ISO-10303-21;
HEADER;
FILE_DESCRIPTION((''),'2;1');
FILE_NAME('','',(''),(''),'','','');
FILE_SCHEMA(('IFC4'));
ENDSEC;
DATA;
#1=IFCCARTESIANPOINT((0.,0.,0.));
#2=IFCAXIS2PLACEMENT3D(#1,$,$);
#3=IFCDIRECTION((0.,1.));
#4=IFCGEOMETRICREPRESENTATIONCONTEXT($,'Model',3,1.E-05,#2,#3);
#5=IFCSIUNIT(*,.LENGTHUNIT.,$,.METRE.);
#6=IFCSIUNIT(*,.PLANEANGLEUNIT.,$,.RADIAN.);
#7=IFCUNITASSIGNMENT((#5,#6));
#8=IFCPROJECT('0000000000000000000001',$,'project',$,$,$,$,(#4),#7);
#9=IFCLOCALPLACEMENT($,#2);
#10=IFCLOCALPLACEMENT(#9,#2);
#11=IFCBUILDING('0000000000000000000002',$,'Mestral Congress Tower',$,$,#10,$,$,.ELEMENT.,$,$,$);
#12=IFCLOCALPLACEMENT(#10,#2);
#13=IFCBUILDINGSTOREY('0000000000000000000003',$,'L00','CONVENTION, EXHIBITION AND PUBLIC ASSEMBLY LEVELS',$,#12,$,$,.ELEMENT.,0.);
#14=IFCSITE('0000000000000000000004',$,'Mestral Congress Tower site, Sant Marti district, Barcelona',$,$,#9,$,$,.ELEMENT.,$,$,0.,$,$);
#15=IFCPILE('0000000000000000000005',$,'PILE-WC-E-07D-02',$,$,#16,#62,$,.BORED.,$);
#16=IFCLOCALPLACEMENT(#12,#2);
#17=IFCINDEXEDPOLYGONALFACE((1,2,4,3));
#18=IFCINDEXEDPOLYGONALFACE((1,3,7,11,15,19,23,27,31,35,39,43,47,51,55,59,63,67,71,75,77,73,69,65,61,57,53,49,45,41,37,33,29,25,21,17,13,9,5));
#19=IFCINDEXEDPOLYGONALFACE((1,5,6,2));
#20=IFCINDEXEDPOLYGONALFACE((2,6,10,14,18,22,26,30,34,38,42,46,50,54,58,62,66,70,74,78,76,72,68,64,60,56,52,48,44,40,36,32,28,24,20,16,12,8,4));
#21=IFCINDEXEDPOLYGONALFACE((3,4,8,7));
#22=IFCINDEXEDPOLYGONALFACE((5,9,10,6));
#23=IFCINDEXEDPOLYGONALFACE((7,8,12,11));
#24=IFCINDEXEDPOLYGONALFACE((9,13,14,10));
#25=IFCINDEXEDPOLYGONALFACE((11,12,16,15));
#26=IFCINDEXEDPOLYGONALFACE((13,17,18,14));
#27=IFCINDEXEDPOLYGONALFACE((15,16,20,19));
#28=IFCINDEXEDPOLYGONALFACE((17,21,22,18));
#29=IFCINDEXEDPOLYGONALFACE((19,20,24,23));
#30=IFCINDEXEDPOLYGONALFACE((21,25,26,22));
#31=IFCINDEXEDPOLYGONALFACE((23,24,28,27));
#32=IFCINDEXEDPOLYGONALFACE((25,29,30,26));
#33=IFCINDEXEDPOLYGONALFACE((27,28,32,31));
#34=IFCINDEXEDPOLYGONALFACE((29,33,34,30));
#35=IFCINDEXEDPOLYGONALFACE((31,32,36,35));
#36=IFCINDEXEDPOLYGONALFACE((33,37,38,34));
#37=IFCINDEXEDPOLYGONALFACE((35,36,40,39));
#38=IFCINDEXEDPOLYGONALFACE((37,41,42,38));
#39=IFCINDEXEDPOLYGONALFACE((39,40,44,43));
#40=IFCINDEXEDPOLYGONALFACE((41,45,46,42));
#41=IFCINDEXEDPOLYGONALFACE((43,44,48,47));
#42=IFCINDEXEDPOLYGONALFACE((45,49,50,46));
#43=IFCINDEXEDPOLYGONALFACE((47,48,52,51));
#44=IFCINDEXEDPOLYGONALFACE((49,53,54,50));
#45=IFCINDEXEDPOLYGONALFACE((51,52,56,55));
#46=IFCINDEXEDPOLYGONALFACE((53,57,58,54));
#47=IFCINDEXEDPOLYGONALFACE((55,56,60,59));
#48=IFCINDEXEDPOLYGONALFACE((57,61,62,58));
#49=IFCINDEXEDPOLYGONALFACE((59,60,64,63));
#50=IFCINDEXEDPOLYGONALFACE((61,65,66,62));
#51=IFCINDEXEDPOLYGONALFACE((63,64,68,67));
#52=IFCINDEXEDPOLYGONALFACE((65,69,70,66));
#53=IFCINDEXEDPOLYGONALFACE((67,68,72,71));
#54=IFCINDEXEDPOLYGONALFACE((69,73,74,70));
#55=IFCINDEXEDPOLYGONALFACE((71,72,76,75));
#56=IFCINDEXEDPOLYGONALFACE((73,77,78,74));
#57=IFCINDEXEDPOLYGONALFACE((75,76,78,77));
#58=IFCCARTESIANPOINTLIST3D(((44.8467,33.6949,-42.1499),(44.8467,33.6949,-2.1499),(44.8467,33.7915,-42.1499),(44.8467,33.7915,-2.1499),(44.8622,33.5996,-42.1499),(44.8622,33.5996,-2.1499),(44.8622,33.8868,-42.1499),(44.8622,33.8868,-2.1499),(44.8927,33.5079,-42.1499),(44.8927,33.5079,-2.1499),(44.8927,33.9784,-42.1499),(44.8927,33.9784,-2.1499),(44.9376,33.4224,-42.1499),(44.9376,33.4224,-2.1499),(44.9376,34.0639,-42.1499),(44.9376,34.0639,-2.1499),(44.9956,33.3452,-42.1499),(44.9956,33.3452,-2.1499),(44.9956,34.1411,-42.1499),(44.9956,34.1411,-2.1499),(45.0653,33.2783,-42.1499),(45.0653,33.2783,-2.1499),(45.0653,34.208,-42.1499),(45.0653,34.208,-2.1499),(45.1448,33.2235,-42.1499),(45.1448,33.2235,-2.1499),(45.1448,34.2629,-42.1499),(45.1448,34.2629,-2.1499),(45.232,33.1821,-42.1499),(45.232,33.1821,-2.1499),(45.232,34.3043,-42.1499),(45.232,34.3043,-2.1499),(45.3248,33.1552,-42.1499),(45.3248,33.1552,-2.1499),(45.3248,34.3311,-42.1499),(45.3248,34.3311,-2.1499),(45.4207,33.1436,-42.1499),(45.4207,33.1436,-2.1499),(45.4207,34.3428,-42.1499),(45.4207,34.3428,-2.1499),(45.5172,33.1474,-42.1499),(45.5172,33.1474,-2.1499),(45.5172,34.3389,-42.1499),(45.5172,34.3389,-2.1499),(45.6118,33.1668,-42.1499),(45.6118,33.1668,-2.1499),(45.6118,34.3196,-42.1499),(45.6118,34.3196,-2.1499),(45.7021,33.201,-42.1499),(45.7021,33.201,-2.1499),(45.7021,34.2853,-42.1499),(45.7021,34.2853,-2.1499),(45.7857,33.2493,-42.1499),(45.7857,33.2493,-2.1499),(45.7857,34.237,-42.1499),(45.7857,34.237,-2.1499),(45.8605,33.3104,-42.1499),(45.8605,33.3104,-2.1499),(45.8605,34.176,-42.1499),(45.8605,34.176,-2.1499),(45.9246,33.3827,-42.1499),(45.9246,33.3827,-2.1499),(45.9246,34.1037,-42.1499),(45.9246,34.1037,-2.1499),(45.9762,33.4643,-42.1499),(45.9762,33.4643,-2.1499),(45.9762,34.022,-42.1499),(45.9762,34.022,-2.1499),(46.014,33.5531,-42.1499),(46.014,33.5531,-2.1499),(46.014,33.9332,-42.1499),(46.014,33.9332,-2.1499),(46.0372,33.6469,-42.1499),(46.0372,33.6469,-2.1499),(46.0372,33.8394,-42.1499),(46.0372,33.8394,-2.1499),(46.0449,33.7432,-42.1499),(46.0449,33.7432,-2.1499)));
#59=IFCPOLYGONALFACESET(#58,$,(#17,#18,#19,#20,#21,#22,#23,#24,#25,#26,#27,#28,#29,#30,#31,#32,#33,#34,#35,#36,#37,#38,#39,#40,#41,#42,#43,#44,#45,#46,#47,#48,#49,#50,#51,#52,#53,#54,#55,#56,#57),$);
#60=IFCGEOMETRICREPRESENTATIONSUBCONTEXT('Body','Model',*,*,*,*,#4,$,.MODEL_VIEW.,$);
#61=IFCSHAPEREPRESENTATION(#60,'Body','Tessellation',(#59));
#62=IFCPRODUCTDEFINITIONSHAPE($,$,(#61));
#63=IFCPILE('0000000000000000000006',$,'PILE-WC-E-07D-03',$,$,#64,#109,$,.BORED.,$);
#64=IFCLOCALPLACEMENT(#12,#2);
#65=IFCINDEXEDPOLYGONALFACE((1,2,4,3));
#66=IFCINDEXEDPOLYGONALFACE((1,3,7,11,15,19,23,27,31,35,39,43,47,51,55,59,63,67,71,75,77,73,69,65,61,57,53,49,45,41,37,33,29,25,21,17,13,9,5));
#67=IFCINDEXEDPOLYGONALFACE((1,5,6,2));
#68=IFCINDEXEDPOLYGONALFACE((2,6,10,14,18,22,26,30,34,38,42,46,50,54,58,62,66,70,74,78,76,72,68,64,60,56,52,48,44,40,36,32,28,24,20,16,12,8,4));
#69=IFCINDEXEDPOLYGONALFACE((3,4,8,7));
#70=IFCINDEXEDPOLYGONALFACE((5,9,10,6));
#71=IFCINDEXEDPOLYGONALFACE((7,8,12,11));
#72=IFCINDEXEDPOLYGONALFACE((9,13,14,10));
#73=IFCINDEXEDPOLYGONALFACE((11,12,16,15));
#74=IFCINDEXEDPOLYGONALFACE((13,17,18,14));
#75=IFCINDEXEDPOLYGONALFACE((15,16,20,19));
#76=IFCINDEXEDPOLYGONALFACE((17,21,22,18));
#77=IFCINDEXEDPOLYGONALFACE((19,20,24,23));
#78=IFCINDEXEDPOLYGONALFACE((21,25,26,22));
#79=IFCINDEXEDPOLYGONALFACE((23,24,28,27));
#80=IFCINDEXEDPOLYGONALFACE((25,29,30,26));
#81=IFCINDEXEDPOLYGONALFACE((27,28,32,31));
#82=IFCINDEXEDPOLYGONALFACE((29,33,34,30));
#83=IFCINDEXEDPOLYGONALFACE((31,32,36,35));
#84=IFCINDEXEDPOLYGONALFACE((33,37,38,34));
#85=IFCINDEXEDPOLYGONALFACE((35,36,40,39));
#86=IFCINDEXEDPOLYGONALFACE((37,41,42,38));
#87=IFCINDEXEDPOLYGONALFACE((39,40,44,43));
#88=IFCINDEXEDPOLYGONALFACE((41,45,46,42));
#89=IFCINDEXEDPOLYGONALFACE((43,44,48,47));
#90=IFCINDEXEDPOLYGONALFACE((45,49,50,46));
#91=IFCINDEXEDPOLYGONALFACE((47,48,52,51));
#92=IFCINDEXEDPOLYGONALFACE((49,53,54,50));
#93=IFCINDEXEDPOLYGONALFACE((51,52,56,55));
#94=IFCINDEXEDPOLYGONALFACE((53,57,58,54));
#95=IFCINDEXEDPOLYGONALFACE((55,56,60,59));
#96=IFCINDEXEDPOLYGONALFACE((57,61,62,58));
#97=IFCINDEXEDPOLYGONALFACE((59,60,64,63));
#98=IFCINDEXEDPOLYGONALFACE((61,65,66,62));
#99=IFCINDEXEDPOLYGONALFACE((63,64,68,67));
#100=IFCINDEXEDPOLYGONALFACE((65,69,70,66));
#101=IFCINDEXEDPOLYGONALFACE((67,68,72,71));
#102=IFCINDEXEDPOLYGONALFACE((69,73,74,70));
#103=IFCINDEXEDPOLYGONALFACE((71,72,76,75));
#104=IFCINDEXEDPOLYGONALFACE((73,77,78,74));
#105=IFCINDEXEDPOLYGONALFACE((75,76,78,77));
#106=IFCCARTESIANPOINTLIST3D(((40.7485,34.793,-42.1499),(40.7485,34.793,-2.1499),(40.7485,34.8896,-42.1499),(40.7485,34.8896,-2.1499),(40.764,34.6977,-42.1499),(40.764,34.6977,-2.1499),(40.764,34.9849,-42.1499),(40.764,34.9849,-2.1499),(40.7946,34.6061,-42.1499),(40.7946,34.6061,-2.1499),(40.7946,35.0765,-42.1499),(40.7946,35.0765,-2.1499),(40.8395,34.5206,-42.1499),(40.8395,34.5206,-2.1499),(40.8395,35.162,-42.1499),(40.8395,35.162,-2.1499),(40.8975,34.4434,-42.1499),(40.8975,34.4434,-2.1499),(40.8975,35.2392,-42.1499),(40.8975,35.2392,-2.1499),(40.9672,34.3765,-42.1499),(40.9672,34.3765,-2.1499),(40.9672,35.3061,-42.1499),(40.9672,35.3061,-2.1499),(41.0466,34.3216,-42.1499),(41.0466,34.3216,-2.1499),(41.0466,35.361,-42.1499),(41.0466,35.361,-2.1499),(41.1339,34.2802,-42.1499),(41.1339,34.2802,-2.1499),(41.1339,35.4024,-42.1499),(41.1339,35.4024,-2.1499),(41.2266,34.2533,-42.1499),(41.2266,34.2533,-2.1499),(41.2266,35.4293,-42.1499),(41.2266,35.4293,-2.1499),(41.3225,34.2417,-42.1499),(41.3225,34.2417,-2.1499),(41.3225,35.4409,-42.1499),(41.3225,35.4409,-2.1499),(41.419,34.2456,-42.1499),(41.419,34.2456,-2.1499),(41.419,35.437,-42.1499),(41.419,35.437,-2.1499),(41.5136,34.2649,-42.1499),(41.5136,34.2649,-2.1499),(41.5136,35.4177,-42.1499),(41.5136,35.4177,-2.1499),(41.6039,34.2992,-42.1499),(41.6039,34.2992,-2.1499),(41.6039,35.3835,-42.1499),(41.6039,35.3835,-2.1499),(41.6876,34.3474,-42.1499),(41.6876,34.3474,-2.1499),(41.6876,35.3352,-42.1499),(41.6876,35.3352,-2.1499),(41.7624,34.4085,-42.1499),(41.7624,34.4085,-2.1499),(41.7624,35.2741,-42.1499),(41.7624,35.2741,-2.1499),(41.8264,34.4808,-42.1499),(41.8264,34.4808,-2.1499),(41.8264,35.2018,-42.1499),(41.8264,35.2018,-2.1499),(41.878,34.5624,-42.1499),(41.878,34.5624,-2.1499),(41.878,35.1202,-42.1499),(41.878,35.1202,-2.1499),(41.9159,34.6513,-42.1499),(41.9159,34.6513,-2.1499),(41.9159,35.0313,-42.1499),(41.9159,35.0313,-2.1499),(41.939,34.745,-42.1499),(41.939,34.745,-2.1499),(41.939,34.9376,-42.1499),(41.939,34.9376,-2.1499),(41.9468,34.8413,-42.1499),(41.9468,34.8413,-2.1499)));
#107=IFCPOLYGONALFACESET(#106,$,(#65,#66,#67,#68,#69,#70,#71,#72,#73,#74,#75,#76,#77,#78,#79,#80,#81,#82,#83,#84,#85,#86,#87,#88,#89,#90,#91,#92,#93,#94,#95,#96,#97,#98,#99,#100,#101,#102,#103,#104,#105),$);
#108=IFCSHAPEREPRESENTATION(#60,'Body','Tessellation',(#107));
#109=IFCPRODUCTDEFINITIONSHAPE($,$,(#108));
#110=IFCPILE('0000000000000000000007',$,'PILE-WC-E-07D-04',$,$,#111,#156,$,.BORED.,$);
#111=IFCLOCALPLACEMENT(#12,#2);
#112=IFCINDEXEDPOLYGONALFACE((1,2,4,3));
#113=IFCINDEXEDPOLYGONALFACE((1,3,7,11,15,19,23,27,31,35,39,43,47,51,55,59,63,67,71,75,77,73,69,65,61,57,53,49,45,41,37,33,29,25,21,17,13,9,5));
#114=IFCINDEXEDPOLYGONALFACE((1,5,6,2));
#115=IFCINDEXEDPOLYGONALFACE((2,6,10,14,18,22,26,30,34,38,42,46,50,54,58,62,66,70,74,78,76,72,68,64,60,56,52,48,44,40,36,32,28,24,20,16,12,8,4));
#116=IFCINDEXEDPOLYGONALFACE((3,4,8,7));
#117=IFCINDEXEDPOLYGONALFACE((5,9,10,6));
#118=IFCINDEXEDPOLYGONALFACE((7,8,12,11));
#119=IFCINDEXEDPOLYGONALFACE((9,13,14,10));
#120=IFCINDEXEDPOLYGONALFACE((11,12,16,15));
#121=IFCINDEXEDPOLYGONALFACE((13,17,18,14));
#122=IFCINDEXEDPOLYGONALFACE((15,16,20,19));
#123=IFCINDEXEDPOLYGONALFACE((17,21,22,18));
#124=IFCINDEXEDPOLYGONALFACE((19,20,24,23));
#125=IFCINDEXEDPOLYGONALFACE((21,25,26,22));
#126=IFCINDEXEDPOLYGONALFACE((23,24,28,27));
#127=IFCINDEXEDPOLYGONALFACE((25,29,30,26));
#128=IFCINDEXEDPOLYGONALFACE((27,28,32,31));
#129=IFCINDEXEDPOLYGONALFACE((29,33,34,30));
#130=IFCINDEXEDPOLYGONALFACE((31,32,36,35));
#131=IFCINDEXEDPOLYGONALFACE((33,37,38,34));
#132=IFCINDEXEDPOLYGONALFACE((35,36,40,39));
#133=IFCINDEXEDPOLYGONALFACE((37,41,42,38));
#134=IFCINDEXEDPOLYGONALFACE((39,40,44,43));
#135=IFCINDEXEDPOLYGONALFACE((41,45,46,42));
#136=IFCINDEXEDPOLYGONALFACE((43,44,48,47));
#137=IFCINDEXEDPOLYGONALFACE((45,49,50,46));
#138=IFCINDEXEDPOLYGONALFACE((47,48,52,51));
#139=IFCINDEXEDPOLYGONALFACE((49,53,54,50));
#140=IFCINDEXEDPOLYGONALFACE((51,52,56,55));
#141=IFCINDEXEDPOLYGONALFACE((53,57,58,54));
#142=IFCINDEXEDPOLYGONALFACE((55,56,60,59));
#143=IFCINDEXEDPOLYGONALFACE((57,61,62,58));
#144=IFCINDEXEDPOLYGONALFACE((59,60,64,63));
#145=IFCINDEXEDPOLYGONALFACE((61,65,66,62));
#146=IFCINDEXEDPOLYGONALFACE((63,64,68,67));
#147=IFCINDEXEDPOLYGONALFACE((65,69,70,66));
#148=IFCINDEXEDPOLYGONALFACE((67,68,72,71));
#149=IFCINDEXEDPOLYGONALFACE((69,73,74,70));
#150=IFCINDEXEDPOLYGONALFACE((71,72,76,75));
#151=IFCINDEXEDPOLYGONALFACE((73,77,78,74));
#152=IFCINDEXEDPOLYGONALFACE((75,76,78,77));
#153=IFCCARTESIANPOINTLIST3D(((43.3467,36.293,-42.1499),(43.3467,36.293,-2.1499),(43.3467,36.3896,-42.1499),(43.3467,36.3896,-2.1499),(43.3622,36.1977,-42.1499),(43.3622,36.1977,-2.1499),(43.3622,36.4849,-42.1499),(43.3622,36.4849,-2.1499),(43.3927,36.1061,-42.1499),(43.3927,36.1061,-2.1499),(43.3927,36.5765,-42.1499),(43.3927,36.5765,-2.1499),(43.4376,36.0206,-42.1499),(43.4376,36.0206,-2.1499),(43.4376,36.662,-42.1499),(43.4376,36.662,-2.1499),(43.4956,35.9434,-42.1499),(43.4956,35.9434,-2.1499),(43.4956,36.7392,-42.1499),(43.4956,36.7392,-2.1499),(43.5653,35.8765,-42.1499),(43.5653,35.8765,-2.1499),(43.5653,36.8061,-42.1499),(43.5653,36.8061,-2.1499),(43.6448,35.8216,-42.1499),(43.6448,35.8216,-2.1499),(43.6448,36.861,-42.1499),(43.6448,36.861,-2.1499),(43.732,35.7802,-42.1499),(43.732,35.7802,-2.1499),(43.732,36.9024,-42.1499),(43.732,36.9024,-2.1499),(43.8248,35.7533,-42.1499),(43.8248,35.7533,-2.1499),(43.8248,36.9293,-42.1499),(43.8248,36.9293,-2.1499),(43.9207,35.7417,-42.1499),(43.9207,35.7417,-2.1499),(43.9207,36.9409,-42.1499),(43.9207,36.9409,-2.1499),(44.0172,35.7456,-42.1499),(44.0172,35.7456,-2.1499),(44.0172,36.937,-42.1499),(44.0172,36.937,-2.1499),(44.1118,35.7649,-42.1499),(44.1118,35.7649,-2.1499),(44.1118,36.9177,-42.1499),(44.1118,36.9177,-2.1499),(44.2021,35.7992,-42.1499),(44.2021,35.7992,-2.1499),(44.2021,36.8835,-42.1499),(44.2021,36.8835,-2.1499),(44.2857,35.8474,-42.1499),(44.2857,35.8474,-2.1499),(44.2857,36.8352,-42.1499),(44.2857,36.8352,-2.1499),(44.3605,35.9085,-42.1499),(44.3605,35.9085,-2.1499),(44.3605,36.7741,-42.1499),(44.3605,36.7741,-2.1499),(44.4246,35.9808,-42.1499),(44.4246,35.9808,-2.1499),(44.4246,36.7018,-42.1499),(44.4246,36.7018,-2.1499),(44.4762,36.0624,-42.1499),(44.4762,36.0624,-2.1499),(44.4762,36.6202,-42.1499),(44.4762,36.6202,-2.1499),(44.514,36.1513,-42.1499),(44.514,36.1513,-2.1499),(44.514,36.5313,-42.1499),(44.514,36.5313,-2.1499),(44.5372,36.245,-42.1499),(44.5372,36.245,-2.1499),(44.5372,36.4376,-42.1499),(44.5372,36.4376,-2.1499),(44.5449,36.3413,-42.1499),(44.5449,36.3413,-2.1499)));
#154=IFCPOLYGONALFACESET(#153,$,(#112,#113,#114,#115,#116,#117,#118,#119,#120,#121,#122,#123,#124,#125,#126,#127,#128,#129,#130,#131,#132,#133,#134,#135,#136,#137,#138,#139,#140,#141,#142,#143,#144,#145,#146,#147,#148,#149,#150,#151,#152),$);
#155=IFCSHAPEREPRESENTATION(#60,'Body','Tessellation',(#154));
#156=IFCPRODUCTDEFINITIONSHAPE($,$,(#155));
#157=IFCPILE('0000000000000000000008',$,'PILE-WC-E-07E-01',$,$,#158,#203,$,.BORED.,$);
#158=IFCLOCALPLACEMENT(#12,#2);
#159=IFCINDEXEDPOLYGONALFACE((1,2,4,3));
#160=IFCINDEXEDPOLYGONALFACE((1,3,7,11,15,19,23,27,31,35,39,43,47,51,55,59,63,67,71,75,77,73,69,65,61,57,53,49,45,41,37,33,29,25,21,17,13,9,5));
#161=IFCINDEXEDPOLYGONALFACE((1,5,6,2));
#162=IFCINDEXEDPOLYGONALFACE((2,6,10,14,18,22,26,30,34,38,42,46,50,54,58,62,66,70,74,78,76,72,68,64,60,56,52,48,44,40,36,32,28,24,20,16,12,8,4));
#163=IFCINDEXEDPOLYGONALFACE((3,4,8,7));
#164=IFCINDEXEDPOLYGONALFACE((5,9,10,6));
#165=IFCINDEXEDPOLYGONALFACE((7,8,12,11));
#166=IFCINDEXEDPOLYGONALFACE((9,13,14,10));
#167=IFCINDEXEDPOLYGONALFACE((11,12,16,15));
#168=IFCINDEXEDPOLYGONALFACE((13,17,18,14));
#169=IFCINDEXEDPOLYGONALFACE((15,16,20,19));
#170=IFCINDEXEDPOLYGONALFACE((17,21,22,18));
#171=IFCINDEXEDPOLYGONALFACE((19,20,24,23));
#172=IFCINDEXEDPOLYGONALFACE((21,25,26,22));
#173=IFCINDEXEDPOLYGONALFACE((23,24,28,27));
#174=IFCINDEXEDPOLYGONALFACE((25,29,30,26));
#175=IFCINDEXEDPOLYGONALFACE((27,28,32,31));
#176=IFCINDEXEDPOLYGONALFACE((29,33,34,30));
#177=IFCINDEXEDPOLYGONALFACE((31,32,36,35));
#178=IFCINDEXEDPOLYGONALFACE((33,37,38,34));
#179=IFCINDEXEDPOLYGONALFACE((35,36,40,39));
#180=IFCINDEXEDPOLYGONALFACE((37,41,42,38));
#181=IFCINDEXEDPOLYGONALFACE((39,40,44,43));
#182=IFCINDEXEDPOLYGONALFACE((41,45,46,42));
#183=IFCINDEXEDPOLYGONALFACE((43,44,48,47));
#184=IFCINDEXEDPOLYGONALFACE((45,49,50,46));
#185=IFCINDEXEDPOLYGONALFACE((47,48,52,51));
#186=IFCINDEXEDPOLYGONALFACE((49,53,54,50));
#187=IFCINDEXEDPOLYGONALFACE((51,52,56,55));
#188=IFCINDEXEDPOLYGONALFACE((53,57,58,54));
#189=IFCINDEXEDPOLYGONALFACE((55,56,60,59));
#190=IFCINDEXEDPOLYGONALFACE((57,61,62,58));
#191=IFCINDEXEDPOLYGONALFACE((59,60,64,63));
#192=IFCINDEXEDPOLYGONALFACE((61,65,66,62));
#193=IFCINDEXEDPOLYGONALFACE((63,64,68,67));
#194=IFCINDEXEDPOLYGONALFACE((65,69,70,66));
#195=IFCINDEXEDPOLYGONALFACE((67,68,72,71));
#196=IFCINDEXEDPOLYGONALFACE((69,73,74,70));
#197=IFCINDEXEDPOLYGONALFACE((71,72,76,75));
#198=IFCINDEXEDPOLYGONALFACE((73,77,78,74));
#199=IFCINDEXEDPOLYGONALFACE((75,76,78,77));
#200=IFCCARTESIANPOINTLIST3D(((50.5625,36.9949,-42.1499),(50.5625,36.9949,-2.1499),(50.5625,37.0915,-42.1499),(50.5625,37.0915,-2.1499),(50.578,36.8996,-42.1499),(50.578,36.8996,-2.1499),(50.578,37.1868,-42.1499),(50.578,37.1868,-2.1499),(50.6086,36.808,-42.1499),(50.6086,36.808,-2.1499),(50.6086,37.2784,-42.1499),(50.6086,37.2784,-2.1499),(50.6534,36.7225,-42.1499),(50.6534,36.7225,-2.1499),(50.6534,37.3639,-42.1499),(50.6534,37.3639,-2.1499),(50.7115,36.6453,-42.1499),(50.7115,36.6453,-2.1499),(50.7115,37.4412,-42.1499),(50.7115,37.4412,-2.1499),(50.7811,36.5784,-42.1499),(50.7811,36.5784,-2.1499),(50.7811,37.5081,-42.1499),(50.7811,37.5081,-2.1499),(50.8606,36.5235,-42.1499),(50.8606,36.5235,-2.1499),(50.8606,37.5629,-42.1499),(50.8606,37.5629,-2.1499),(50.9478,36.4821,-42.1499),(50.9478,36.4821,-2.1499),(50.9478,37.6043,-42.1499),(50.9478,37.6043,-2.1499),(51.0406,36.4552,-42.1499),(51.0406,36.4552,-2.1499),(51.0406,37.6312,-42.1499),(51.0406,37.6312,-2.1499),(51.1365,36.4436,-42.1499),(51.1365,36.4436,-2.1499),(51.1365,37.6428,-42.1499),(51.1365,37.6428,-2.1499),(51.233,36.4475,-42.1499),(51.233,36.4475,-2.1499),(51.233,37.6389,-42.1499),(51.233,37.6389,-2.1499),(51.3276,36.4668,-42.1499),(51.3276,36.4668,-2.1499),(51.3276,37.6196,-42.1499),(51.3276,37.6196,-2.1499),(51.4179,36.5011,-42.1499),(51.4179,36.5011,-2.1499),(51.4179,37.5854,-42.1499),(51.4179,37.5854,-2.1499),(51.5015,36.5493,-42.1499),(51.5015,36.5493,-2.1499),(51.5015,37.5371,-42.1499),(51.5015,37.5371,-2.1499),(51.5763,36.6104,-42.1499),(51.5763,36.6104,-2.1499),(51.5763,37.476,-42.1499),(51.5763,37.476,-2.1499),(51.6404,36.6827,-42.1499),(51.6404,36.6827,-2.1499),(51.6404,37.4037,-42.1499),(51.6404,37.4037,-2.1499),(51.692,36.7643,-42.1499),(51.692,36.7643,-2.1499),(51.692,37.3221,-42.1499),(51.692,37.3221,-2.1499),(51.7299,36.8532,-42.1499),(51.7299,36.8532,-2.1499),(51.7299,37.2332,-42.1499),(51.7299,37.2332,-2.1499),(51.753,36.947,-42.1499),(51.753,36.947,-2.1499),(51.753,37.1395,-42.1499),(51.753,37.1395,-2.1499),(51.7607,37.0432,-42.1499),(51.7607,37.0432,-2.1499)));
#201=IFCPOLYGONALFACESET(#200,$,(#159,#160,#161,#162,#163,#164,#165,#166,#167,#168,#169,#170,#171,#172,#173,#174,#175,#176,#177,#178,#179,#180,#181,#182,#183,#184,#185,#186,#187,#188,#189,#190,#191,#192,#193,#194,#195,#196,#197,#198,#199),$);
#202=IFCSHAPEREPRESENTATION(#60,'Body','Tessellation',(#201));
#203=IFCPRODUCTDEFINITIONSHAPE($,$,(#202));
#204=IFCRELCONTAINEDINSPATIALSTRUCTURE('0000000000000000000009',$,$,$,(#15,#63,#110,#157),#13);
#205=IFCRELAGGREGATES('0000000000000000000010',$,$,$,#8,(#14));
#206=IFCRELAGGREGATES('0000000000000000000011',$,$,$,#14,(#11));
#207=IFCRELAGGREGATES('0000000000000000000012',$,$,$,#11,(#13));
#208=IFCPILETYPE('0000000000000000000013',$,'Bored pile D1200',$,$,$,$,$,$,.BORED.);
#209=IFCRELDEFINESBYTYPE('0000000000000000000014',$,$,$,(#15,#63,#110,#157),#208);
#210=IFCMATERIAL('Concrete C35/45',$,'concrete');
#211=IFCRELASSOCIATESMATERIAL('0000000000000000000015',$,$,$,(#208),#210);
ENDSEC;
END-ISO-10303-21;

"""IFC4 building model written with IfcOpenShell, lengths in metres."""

from ifc_helpers import new_model, si_unit, direction, frame, origin, origin_2d, place, context, subcontext, project, spatial, circle, extrude, material, material_profile, profile_set, type_object, element, save


model = new_model("IFC4")

# Units and contexts
model_context = context("Model", 3, precision=1e-05, world=origin(), true_north=direction((0.0, 1.0)))
body_context = subcontext(model_context, "Body", "Model", "MODEL_VIEW")
ifc_project = project(units=[si_unit("LENGTHUNIT", "METRE"), si_unit("PLANEANGLEUNIT", "RADIAN")], contexts=[model_context])

# Site, building, storey
site_placement = place(None, origin())
site = spatial("IfcSite", under=ifc_project, at=site_placement, Name="Mestral Congress Tower site, Sant Marti district, Barcelona", CompositionType="ELEMENT", RefElevation=0.0)
building_placement = place(site_placement, origin())
building = spatial("IfcBuilding", under=site, at=building_placement, Name="Mestral Congress Tower", CompositionType="ELEMENT")
storey_placement = place(building_placement, origin())
storey = spatial("IfcBuildingStorey", under=building, at=storey_placement, Name="L00", Description="CONVENTION, EXHIBITION AND PUBLIC ASSEMBLY LEVELS", CompositionType="ELEMENT", Elevation=0.0)

# Piles
ifc_material_1 = material(Name="Concrete C35/45", Category="concrete")
ifc_material_profile_1 = material_profile(ifc_material_1, circle(Radius=0.6001, at=origin_2d()), Name="D1200")
ifc_profile_set_1 = profile_set([ifc_material_profile_1], Name="Concrete C35/45")
pile_type = type_object("IfcPileType", Name="Bored pile D1200", PredefinedType="BORED", material=ifc_profile_set_1)
for number, where, z_axis, x_axis, name in (
    (1, (45.4448, 33.7432, -2.1499), (0.0, 0.0, -1.0), (1.0, 0.0, 0.0), "PILE-WC-E-07D-02"),
    (2, (41.3467, 34.8413, -2.1499), (0.0, 0.0, -1.0), (1.0, 0.0, 0.0), "PILE-WC-E-07D-03"),
    (3, (43.9448, 36.3413, -2.1499), (0.0, 0.0, -1.0), (1.0, 0.0, 0.0), "PILE-WC-E-07D-04"),
    (4, (51.1606, 37.0432, -2.1499), (0.0, 0.0, -1.0), (1.0, 0.0, 0.0), "PILE-WC-E-07E-01"),
):
    element("IfcPile", number, at=place(storey_placement, frame(where, z_axis=z_axis, x_axis=x_axis)), inside=storey, type_object=pile_type, Name=name, PredefinedType="BORED", context=body_context, shape_type="SweptSolid", body=[
        extrude(circle(Radius=0.6001, at=origin_2d()), origin(), (0.0, 0.0, 1.0), 40.0),
    ])

save(model, "model.ifc")
